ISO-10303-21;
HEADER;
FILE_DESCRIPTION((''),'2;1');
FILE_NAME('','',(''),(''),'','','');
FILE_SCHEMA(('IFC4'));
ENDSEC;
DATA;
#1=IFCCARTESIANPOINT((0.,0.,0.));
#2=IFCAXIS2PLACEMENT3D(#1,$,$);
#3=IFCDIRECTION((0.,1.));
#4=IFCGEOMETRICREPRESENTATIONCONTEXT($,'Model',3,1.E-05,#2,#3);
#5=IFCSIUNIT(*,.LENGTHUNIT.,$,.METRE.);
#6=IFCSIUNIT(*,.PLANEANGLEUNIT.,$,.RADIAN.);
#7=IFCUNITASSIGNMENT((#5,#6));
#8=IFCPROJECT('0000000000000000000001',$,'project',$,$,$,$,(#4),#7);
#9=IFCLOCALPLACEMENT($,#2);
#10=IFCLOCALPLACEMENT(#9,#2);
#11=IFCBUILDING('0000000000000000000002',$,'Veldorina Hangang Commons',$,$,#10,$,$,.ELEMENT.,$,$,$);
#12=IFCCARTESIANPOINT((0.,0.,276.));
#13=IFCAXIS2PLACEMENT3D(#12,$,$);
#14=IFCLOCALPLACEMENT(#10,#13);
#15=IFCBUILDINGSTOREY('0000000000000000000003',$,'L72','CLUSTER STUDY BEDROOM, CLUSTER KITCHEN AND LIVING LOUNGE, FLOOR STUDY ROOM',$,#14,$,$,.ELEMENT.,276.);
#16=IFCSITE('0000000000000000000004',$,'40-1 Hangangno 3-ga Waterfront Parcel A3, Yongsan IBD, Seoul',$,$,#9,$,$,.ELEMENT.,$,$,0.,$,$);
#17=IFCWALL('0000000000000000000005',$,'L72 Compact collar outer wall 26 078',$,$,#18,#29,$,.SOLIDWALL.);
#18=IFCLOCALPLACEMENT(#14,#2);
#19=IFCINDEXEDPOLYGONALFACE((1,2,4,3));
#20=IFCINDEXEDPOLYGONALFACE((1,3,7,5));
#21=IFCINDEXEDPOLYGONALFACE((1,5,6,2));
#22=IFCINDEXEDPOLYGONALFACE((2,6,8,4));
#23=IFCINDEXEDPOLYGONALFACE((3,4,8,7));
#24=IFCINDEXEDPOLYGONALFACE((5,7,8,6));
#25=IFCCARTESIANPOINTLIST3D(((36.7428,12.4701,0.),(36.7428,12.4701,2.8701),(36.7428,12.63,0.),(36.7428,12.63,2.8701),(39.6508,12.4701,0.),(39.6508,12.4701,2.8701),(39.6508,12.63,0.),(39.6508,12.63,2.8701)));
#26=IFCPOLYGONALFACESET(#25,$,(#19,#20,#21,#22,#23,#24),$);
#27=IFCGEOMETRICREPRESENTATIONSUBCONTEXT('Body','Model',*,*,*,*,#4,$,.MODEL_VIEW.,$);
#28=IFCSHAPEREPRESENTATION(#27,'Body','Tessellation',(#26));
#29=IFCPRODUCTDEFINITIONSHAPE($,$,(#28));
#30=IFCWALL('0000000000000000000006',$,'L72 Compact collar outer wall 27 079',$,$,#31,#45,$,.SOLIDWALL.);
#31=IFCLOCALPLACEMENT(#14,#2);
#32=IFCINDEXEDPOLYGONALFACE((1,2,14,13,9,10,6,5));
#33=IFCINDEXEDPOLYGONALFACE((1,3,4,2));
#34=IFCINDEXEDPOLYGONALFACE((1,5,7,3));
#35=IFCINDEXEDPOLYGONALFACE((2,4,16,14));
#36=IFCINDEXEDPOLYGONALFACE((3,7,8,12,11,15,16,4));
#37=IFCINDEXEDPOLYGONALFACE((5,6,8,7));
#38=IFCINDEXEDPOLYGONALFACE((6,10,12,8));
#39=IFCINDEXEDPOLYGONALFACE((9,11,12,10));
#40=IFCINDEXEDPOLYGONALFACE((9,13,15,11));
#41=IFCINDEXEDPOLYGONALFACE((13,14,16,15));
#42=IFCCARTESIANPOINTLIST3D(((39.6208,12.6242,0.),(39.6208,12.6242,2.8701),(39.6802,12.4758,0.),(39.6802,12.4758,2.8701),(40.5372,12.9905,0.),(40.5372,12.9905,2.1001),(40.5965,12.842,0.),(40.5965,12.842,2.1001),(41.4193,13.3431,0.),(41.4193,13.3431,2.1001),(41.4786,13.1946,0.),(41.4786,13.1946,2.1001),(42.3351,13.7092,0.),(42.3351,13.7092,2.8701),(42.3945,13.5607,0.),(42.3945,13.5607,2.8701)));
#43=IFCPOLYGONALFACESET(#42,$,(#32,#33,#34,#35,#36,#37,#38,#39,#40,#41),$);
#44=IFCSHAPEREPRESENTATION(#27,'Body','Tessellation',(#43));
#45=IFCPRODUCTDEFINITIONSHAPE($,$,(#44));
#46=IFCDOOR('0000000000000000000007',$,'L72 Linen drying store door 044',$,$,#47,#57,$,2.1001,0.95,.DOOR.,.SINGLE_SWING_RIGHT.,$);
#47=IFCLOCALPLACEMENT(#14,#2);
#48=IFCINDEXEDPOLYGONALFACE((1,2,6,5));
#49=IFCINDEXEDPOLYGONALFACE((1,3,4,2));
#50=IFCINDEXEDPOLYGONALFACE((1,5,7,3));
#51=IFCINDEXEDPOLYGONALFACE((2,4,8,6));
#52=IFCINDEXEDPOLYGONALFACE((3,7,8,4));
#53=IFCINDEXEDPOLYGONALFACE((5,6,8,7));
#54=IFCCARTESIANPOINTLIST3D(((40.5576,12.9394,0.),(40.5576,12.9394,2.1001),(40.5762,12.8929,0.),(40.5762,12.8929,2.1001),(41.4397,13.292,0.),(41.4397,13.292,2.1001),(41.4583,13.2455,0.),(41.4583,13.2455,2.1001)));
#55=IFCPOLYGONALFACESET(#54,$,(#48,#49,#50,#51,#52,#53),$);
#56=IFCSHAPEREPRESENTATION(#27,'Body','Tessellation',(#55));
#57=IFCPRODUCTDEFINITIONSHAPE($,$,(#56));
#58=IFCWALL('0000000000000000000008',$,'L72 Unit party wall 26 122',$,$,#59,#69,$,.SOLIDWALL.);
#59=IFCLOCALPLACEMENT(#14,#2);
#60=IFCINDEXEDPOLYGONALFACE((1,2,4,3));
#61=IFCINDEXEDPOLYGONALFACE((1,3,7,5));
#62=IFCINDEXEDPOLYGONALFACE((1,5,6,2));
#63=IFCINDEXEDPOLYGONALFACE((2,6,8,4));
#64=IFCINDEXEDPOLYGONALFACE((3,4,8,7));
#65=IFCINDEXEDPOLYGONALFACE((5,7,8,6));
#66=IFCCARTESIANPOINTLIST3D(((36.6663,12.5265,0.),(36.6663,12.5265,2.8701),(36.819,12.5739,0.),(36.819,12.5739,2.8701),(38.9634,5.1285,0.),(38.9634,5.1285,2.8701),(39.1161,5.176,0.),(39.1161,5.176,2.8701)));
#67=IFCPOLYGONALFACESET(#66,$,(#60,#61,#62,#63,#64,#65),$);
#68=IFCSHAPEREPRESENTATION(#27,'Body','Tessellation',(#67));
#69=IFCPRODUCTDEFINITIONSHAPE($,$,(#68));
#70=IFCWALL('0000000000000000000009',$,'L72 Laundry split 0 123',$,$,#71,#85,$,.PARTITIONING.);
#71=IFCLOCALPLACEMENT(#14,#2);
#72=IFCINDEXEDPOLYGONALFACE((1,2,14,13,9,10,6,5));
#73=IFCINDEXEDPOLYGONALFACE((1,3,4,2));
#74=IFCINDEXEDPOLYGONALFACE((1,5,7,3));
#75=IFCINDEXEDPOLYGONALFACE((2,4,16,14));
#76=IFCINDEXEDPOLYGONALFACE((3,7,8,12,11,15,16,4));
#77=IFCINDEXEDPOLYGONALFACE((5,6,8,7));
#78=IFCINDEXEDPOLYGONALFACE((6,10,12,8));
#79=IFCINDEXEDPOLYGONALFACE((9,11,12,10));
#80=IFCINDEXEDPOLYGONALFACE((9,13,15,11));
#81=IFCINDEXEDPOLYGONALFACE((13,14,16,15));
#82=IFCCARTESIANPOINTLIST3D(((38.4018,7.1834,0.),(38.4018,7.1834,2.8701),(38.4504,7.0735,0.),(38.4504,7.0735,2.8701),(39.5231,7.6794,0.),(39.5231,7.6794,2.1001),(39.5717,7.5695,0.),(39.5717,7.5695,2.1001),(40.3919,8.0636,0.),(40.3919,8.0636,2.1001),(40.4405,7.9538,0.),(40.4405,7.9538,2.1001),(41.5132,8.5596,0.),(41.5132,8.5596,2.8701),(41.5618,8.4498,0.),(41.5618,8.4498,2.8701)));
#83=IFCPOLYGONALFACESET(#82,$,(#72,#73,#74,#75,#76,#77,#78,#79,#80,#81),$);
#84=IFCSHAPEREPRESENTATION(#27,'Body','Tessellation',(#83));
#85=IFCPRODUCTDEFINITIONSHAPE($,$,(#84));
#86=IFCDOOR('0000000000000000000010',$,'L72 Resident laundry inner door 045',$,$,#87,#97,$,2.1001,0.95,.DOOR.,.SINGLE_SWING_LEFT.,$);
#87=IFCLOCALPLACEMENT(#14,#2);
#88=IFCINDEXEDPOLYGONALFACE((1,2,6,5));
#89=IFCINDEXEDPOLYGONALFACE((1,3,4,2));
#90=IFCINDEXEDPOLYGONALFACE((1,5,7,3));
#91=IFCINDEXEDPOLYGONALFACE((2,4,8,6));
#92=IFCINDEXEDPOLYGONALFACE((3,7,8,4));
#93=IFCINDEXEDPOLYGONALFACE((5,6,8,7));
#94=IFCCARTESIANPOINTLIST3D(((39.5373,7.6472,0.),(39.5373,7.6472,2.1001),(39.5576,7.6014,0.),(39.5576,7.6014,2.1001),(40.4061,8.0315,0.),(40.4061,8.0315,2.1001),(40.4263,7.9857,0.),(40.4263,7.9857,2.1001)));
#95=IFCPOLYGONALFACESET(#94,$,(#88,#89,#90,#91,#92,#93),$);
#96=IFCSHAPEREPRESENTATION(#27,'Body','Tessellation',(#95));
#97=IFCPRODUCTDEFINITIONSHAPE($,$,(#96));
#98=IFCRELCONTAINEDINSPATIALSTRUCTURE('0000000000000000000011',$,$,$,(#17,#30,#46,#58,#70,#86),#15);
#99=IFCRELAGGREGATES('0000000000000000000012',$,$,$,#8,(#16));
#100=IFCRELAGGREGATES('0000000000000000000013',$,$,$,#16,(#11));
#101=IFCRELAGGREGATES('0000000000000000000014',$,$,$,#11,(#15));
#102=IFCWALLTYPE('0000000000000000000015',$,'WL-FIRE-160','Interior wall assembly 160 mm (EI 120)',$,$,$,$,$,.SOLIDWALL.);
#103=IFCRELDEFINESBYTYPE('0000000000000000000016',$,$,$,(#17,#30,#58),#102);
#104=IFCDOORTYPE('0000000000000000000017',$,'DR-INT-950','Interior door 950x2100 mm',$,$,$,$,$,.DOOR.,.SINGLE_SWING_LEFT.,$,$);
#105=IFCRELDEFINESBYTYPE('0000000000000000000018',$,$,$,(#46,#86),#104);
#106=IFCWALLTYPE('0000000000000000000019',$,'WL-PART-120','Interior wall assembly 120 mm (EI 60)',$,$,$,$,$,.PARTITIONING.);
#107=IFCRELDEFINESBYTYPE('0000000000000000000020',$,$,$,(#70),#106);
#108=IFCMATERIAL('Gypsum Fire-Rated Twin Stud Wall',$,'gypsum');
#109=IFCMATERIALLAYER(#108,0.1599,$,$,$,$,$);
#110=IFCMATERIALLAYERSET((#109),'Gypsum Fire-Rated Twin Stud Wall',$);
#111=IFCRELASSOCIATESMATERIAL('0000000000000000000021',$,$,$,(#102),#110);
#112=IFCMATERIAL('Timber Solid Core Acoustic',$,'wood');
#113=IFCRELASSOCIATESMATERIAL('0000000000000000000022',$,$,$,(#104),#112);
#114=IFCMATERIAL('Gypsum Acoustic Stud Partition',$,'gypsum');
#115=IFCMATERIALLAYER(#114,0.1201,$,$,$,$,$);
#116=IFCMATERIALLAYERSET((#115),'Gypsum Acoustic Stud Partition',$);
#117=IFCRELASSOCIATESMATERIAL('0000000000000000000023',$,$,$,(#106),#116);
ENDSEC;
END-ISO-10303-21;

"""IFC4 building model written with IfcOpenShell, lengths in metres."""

from ifc_helpers import new_model, si_unit, direction, frame, frame_2d, origin, place, context, subcontext, project, spatial, rectangle, extrude, material, layer, layer_set, type_object, element, fill, save


model = new_model("IFC4")

# Units and contexts
model_context = context("Model", 3, precision=1e-05, world=origin(), true_north=direction((0.0, 1.0)))
body_context = subcontext(model_context, "Body", "Model", "MODEL_VIEW")
ifc_project = project(units=[si_unit("LENGTHUNIT", "METRE"), si_unit("PLANEANGLEUNIT", "RADIAN")], contexts=[model_context])

# Site, building, storey
site_placement = place(None, origin())
site = spatial("IfcSite", under=ifc_project, at=site_placement, Name="40-1 Hangangno 3-ga Waterfront Parcel A3, Yongsan IBD, Seoul", CompositionType="ELEMENT", RefElevation=0.0)
building_placement = place(site_placement, origin())
building = spatial("IfcBuilding", under=site, at=building_placement, Name="Veldorina Hangang Commons", CompositionType="ELEMENT")
storey_placement = place(building_placement, frame((0.0, 0.0, 276.0)))
storey = spatial("IfcBuildingStorey", under=building, at=storey_placement, Name="L72", Description="CLUSTER STUDY BEDROOM, CLUSTER KITCHEN AND LIVING LOUNGE, FLOOR STUDY ROOM", CompositionType="ELEMENT", Elevation=276.0)

# Shared definitions
ifc_material_1 = material(Name="Gypsum Fire-Rated Twin Stud Wall", Category="gypsum")
ifc_layer_1 = layer(ifc_material_1, 0.1599)
ifc_layer_set_1 = layer_set([ifc_layer_1], Name="Gypsum Fire-Rated Twin Stud Wall")
wall_type_1 = type_object("IfcWallType", Name="WL-FIRE-160", Description="Interior wall assembly 160 mm (EI 120)", PredefinedType="SOLIDWALL", material=ifc_layer_set_1)
ifc_material_2 = material(Name="Timber Solid Core Acoustic", Category="wood")

# Wall
wall_1_placement = place(storey_placement, frame((36.7427, 12.55, 0.0), z_axis=(0.0, 0.0, 1.0), x_axis=(1.0, 0.0, 0.0)))
element("IfcWall", 1, at=wall_1_placement, inside=storey, type_object=wall_type_1, Name="L72 Compact collar outer wall 26 078", PredefinedType="SOLIDWALL", context=body_context, shape_type="SweptSolid", body=[
    extrude(rectangle(XDim=2.908, YDim=0.1599, at=frame_2d((1.4541, 0.0))), origin(), (0.0, 0.0, 1.0), 2.8701),
])

# Wall, opening, door
wall_2_placement = place(storey_placement, frame((39.6506, 12.55, 0.0), z_axis=(0.0, 0.0, 1.0), x_axis=(0.928569, 0.37116, 0.0)))
wall_2 = element("IfcWall", 2, at=wall_2_placement, inside=storey, type_object=wall_type_1, Name="L72 Compact collar outer wall 27 079", PredefinedType="SOLIDWALL", context=body_context, shape_type="SweptSolid", body=[
    extrude(rectangle(XDim=2.9231, YDim=0.1599, at=frame_2d((1.4614, 0.0))), origin(), (0.0, 0.0, 1.0), 2.8701),
])
opening_1_placement = place(wall_2_placement, frame((0.9866, 0.0, 0.0)))
opening_1 = element("IfcOpeningElement", 3, at=opening_1_placement, cuts=wall_2, PredefinedType="OPENING", context=body_context, shape_type="SweptSolid", body=[
    extrude(rectangle(XDim=0.95, YDim=2.1001, at=frame_2d((0.4751, 1.05))), frame((0.0, 0.0898, 0.0), z_axis=(0.0, -1.0, 0.0), x_axis=(1.0, 0.0, 0.0)), (0.0, 0.0, 1.0), 0.1799),
])
door_type_1 = type_object("IfcDoorType", Name="DR-INT-950", Description="Interior door 950x2100 mm", OperationType="SINGLE_SWING_LEFT", PredefinedType="DOOR", material=ifc_material_2)
door_1_placement = place(opening_1_placement, origin())
door_1 = element("IfcDoor", 4, at=door_1_placement, inside=storey, type_object=door_type_1, Name="L72 Linen drying store door 044", OperationType="SINGLE_SWING_RIGHT", OverallHeight=2.1001, OverallWidth=0.95, PredefinedType="DOOR", context=body_context, shape_type="SweptSolid", body=[
    extrude(rectangle(XDim=0.95, YDim=2.1001, at=frame_2d((0.4751, 1.05))), frame((0.0, 0.0249, 0.0), z_axis=(0.0, -1.0, 0.0), x_axis=(1.0, 0.0, 0.0)), (0.0, 0.0, 1.0), 0.05),
])
fill(opening_1, door_1)

# Wall
wall_3_placement = place(storey_placement, frame((36.7427, 12.55, 0.0), z_axis=(0.0, 0.0, 1.0), x_axis=(0.296541, -0.95502, 0.0)))
element("IfcWall", 5, at=wall_3_placement, inside=storey, type_object=wall_type_1, Name="L72 Unit party wall 26 122", PredefinedType="SOLIDWALL", context=body_context, shape_type="SweptSolid", body=[
    extrude(rectangle(XDim=7.7463, YDim=0.1599, at=frame_2d((3.873, 0.0))), origin(), (0.0, 0.0, 1.0), 2.8701),
])

# Wall, opening, door
ifc_material_3 = material(Name="Gypsum Acoustic Stud Partition", Category="gypsum")
ifc_layer_2 = layer(ifc_material_3, 0.1201)
ifc_layer_set_2 = layer_set([ifc_layer_2], Name="Gypsum Acoustic Stud Partition")
wall_type_2 = type_object("IfcWallType", Name="WL-PART-120", Description="Interior wall assembly 120 mm (EI 60)", PredefinedType="PARTITIONING", material=ifc_layer_set_2)
wall_4_placement = place(storey_placement, frame((38.426, 7.1284, 0.0), z_axis=(0.0, 0.0, 1.0), x_axis=(0.914529, 0.40452, 0.0)))
wall_4 = element("IfcWall", 6, at=wall_4_placement, inside=storey, type_object=wall_type_2, Name="L72 Laundry split 0 123", PredefinedType="PARTITIONING", context=body_context, shape_type="SweptSolid", body=[
    extrude(rectangle(XDim=3.4021, YDim=0.1201, at=frame_2d((1.7012, 0.0))), origin(), (0.0, 0.0, 1.0), 2.8701),
])
opening_2_placement = place(wall_4_placement, frame((1.2261, 0.0, 0.0)))
opening_2 = element("IfcOpeningElement", 7, at=opening_2_placement, cuts=wall_4, PredefinedType="OPENING", context=body_context, shape_type="SweptSolid", body=[
    extrude(rectangle(XDim=0.95, YDim=2.1001, at=frame_2d((0.4751, 1.05))), frame((0.0, 0.0701, 0.0), z_axis=(0.0, -1.0, 0.0), x_axis=(1.0, 0.0, 0.0)), (0.0, 0.0, 1.0), 0.1401),
])
door_2_placement = place(opening_2_placement, origin())
door_2 = element("IfcDoor", 8, at=door_2_placement, inside=storey, type_object=door_type_1, Name="L72 Resident laundry inner door 045", OperationType="SINGLE_SWING_LEFT", OverallHeight=2.1001, OverallWidth=0.95, PredefinedType="DOOR", context=body_context, shape_type="SweptSolid", body=[
    extrude(rectangle(XDim=0.95, YDim=2.1001, at=frame_2d((0.4751, 1.05))), frame((0.0, 0.0249, 0.0), z_axis=(0.0, -1.0, 0.0), x_axis=(1.0, 0.0, 0.0)), (0.0, 0.0, 1.0), 0.05),
])
fill(opening_2, door_2)

save(model, "model.ifc")
